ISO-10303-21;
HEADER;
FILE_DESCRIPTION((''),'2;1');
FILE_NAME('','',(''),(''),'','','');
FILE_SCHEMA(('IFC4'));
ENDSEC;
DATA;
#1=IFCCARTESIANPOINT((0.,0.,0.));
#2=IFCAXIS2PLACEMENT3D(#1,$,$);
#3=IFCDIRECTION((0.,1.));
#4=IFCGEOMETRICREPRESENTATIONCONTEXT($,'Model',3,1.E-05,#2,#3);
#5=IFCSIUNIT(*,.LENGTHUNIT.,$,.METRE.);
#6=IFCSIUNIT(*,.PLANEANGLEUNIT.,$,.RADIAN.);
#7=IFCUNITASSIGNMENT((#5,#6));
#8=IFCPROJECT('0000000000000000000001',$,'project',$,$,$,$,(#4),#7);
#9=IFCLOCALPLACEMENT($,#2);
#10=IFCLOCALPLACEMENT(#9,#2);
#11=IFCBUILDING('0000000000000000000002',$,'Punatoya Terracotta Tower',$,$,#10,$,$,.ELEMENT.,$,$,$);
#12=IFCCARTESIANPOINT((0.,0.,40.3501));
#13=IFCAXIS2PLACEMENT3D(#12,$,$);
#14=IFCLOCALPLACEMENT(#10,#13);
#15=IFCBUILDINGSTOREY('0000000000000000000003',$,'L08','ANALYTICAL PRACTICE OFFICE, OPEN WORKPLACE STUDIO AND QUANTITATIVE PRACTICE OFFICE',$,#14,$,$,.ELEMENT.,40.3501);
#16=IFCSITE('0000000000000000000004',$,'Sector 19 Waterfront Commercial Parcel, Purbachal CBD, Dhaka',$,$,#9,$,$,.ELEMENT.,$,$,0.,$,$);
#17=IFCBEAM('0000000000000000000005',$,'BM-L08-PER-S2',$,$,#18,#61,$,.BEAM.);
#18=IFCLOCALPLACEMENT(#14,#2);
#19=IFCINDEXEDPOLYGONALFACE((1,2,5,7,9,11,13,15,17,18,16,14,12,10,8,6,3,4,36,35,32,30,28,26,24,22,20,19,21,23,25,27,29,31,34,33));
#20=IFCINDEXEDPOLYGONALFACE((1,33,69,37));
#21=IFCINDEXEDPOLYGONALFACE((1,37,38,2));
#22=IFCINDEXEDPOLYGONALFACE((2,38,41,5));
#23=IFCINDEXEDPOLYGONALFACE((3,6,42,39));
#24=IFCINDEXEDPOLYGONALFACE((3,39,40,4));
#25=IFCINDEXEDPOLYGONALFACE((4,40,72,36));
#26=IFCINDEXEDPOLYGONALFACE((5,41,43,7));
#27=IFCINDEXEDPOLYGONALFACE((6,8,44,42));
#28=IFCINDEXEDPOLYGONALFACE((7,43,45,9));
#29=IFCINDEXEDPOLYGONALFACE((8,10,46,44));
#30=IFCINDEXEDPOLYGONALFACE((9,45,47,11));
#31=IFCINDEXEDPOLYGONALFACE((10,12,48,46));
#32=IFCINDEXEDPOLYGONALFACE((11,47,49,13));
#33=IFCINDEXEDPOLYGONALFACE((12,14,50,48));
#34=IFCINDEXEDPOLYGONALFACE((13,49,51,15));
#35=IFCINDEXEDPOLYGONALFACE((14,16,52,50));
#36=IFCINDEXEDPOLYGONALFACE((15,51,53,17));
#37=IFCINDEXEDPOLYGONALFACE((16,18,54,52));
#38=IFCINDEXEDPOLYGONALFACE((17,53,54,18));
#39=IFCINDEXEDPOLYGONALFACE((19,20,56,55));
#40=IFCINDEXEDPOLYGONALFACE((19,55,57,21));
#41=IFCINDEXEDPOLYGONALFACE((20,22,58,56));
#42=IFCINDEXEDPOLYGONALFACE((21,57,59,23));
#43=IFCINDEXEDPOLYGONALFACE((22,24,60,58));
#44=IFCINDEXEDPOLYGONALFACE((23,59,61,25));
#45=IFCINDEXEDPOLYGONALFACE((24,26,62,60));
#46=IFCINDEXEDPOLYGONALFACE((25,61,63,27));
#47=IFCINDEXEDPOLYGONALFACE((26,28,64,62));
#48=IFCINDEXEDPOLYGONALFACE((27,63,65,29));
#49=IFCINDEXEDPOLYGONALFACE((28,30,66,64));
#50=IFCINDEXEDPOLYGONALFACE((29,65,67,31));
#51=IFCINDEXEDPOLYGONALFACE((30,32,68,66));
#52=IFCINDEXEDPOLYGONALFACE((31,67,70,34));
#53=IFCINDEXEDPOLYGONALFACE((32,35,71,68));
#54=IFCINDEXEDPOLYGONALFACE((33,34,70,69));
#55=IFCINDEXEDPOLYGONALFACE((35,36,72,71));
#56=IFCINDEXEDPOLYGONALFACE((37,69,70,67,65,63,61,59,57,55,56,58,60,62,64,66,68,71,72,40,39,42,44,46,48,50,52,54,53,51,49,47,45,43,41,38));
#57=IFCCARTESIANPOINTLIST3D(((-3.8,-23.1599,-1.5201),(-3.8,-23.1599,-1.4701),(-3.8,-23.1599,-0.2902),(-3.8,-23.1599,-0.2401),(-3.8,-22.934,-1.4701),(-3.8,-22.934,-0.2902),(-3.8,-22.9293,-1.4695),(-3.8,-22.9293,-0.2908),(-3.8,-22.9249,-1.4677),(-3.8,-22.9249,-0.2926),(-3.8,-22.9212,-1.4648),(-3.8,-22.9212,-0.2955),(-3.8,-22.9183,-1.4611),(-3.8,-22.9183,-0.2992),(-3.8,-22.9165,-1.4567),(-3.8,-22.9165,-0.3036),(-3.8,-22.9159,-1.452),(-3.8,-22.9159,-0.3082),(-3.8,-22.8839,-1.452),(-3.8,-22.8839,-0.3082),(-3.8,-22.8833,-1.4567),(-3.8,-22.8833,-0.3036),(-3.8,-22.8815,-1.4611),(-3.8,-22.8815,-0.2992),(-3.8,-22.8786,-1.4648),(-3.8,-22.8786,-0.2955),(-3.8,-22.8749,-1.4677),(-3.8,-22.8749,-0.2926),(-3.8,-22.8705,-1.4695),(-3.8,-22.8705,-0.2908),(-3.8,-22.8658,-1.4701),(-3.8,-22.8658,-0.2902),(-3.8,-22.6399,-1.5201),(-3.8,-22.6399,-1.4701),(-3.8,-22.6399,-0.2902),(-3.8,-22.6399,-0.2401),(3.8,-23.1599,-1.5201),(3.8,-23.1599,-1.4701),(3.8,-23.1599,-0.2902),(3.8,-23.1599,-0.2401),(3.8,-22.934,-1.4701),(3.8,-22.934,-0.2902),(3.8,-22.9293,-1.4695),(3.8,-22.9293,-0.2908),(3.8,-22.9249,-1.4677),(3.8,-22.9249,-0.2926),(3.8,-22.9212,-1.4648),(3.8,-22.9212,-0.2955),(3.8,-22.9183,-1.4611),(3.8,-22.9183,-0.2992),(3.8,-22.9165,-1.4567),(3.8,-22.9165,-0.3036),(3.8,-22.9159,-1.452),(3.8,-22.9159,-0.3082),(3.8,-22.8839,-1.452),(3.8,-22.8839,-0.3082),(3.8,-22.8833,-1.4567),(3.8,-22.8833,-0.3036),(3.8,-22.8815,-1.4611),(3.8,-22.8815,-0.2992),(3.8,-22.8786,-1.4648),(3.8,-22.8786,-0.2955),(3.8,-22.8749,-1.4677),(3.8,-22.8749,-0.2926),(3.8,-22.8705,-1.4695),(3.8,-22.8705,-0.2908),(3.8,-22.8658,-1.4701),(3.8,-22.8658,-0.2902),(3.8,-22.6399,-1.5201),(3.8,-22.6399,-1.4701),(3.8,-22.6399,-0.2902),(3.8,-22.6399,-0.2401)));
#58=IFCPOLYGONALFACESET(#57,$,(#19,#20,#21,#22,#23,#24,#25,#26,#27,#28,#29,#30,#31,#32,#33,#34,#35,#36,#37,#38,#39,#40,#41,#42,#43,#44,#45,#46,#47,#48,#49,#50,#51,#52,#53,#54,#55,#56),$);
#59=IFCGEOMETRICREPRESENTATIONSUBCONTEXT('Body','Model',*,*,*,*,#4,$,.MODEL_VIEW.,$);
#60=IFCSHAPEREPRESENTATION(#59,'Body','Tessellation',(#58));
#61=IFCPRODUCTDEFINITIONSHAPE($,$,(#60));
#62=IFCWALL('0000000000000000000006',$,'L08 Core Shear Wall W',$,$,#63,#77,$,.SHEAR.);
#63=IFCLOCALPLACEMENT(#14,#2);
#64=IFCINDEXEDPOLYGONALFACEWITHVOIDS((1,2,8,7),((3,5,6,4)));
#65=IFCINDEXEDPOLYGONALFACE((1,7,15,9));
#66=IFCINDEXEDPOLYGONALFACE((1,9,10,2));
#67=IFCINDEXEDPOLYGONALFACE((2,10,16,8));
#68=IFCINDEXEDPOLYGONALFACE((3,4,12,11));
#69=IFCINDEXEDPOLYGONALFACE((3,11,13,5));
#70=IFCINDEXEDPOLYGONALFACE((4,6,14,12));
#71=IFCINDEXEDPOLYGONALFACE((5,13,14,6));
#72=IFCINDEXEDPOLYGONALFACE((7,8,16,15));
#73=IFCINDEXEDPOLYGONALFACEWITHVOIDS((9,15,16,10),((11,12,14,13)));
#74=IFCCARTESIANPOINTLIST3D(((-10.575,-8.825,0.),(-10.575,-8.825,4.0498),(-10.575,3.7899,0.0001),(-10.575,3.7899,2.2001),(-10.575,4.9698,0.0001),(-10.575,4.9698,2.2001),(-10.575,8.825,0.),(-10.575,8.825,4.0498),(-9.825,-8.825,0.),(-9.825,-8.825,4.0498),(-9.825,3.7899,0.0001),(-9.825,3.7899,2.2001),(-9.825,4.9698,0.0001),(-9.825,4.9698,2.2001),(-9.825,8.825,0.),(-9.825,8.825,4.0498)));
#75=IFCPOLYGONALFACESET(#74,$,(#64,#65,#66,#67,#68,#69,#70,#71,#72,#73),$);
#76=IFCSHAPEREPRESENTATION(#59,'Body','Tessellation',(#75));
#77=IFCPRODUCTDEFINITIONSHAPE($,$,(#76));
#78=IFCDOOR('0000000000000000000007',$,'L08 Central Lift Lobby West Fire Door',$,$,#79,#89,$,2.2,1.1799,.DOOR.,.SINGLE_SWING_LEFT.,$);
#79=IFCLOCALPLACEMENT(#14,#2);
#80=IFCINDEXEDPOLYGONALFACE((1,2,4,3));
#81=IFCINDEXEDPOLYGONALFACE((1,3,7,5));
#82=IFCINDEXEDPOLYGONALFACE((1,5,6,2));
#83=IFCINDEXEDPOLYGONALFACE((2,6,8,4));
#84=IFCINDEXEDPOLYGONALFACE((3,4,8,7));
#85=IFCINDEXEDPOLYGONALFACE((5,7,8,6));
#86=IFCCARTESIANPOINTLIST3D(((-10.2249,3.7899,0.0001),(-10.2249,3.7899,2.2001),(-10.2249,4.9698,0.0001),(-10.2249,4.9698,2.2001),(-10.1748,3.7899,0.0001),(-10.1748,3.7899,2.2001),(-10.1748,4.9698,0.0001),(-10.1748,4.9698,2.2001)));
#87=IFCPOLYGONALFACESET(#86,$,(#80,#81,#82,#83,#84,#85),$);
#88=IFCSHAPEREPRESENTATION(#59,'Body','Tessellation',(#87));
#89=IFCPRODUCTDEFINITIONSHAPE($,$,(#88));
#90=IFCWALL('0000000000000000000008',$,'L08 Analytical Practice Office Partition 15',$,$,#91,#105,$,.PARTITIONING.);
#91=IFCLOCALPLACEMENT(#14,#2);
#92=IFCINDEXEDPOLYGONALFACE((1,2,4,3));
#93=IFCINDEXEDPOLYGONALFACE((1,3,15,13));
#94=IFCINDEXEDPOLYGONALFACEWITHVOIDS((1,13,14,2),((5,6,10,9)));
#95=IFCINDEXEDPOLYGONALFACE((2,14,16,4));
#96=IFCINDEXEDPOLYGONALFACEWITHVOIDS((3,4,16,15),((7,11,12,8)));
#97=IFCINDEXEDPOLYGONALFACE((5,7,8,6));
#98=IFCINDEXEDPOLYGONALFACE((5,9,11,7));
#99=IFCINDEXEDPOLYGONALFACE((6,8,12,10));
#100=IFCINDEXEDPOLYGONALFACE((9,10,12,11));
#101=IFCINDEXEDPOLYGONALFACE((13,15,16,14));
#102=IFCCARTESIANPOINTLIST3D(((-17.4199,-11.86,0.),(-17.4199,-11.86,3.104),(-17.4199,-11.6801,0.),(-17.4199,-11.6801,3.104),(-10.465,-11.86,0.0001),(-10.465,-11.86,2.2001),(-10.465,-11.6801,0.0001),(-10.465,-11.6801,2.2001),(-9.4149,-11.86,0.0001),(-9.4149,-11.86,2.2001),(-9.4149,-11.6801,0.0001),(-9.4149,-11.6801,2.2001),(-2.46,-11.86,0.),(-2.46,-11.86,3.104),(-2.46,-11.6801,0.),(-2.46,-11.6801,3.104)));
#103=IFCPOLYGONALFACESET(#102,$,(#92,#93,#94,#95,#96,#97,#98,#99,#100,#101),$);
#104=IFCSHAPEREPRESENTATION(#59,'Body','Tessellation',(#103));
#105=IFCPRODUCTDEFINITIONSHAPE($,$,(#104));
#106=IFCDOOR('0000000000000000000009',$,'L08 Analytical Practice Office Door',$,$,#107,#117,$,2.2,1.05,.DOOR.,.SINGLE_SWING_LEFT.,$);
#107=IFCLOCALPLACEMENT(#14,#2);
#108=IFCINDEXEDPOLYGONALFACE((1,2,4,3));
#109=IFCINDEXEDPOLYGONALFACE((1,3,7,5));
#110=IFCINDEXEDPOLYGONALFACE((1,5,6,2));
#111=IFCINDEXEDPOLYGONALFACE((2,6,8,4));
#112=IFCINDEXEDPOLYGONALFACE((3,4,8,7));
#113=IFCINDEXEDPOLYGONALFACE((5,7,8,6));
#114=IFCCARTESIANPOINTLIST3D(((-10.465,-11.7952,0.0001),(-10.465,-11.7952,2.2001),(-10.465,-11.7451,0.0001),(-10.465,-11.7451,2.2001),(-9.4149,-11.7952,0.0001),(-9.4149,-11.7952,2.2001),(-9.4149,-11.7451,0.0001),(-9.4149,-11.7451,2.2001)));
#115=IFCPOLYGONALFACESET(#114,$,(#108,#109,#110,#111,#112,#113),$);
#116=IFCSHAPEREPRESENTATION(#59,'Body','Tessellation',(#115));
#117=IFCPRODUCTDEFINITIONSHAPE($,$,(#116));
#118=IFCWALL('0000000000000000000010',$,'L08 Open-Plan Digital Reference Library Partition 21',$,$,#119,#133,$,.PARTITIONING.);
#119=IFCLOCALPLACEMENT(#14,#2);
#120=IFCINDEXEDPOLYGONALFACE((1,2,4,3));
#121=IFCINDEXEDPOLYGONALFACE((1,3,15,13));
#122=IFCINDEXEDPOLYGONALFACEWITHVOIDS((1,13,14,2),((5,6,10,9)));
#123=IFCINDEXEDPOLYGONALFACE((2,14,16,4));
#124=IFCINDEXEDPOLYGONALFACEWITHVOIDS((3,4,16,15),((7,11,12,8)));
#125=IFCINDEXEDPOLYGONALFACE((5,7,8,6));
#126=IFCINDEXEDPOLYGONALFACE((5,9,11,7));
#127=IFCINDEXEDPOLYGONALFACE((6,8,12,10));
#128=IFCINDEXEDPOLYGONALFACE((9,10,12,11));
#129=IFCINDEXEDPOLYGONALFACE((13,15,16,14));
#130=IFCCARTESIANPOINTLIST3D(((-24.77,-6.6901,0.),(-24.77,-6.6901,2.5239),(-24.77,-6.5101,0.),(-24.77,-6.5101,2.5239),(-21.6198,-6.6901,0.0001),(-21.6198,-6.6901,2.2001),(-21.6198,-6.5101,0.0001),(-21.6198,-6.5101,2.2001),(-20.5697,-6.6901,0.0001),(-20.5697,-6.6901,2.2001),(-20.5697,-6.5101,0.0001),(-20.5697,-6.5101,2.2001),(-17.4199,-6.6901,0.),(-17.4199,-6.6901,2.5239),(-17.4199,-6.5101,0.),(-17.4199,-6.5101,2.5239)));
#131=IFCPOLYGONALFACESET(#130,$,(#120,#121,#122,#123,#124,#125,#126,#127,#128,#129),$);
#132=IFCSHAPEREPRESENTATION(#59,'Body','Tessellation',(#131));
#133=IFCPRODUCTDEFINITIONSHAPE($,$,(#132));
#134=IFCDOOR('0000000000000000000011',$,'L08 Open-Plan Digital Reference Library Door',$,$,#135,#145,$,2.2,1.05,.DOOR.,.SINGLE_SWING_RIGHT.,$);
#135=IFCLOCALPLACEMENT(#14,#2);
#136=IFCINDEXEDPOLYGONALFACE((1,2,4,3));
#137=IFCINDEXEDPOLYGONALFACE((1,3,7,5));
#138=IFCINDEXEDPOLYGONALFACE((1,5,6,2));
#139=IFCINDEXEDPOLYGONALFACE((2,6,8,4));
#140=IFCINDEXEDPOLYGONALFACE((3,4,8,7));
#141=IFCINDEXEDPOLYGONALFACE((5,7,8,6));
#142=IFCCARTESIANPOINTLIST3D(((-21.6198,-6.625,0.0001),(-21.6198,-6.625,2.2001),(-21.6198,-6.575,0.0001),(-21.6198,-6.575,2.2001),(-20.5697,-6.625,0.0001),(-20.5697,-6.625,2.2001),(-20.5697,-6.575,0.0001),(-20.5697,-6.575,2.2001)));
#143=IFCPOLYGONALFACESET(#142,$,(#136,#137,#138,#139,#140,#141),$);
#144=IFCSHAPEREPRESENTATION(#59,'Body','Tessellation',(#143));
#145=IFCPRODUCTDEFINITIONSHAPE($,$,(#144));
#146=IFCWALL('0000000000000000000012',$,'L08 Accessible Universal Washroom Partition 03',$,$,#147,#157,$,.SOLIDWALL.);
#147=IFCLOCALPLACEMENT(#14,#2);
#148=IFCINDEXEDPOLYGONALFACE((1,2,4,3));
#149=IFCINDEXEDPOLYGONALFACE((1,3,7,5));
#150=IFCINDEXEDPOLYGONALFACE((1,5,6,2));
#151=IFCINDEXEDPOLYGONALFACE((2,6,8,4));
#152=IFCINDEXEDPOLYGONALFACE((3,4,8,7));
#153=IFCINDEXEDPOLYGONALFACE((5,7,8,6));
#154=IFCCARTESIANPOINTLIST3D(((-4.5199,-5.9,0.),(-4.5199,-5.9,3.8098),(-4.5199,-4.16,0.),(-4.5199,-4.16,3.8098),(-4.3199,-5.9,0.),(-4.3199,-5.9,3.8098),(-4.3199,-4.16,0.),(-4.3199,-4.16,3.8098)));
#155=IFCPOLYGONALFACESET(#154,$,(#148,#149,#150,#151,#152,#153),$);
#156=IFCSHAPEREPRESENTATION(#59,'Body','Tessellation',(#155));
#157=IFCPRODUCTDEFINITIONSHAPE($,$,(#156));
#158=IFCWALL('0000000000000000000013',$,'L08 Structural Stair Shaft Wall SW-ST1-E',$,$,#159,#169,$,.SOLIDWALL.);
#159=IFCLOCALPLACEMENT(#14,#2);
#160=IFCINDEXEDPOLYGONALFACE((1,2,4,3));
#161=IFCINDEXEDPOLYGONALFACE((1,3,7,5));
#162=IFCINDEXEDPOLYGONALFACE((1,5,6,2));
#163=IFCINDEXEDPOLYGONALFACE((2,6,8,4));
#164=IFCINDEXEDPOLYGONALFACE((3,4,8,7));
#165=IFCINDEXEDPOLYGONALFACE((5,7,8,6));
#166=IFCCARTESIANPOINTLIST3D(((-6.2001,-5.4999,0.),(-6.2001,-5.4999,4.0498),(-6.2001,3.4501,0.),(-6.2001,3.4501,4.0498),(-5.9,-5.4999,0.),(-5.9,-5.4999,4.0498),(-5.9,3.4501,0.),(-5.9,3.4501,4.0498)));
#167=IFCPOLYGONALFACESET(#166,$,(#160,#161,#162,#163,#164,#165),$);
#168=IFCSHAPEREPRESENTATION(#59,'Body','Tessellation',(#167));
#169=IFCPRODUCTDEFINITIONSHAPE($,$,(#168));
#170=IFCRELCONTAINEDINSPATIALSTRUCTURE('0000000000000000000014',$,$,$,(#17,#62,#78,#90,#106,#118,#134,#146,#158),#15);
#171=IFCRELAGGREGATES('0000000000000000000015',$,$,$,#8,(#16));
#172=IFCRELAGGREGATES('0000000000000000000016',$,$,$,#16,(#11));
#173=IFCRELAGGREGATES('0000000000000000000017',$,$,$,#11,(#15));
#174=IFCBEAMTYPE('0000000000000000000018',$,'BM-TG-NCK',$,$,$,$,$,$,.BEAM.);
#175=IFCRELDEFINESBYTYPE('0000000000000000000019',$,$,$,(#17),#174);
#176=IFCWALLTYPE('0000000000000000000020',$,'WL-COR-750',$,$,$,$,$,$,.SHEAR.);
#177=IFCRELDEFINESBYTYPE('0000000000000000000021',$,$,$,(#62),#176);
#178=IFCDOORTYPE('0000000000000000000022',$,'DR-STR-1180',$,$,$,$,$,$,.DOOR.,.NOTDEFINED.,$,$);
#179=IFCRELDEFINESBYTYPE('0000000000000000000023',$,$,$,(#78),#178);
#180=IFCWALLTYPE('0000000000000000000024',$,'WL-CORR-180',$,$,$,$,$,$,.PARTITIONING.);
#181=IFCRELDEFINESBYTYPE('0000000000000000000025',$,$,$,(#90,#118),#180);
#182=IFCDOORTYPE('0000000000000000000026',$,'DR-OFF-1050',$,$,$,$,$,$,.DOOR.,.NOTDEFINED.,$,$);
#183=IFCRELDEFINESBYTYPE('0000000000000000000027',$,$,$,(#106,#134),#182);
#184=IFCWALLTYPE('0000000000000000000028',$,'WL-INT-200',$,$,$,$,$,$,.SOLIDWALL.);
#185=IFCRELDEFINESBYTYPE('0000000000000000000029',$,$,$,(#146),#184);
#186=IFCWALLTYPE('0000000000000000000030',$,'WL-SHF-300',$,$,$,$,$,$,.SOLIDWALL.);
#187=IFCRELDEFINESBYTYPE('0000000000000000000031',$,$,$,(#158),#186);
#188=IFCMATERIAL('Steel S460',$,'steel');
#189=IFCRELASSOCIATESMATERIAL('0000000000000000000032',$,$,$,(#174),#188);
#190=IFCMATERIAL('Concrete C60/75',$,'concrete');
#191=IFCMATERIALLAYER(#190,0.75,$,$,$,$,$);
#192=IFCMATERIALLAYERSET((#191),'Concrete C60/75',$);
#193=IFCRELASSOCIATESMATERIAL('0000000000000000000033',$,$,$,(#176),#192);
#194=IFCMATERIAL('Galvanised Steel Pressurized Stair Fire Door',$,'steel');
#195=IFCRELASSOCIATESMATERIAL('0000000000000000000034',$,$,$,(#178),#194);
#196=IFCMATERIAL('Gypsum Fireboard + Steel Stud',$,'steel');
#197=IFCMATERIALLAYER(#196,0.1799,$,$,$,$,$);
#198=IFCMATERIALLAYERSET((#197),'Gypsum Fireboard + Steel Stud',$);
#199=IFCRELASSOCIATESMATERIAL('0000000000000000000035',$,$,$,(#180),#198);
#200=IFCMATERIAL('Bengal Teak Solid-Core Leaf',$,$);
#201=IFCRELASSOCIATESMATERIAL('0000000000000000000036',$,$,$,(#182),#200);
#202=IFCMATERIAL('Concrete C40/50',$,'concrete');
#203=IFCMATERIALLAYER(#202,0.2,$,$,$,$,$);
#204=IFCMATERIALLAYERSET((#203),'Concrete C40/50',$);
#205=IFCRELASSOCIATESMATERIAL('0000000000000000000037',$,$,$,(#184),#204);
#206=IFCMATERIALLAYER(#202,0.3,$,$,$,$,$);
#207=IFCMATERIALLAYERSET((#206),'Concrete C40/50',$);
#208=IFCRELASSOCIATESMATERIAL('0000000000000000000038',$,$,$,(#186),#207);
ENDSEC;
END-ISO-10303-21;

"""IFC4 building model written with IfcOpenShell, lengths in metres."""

from ifc_helpers import new_model, si_unit, direction, frame, frame_2d, origin, origin_2d, place, context, subcontext, project, spatial, rectangle, i_section, extrude, material, layer, layer_set, material_profile, profile_set, type_object, element, fill, save


model = new_model("IFC4")

# Units and contexts
model_context = context("Model", 3, precision=1e-05, world=origin(), true_north=direction((0.0, 1.0)))
body_context = subcontext(model_context, "Body", "Model", "MODEL_VIEW")
ifc_project = project(units=[si_unit("LENGTHUNIT", "METRE"), si_unit("PLANEANGLEUNIT", "RADIAN")], contexts=[model_context])

# Site, building, storey
site_placement = place(None, origin())
site = spatial("IfcSite", under=ifc_project, at=site_placement, Name="Sector 19 Waterfront Commercial Parcel, Purbachal CBD, Dhaka", CompositionType="ELEMENT", RefElevation=0.0)
building_placement = place(site_placement, origin())
building = spatial("IfcBuilding", under=site, at=building_placement, Name="Punatoya Terracotta Tower", CompositionType="ELEMENT")
storey_placement = place(building_placement, frame((0.0, 0.0, 40.3501)))
storey = spatial("IfcBuildingStorey", under=building, at=storey_placement, Name="L08", Description="ANALYTICAL PRACTICE OFFICE, OPEN WORKPLACE STUDIO AND QUANTITATIVE PRACTICE OFFICE", CompositionType="ELEMENT", Elevation=40.3501)

# Shared definitions
ifc_material_1 = material(Name="Steel S460", Category="steel")

# Beam
ifc_material_2 = material(Name="Concrete C60/75", Category="concrete")
ifc_material_profile_1 = material_profile(ifc_material_1, i_section(OverallWidth=0.52, OverallDepth=1.28, WebThickness=0.032, FlangeThickness=0.05, FilletRadius=0.0181, at=origin_2d()))
ifc_profile_set_1 = profile_set([ifc_material_profile_1], Name="Steel S460")
beam_type_1 = type_object("IfcBeamType", Name="BM-TG-NCK", PredefinedType="BEAM", material=ifc_profile_set_1)
beam_1_placement = place(storey_placement, frame((-3.8, -22.8999, -0.8801), z_axis=(1.0, 0.0, 0.0), x_axis=(0.0, 1.0, 0.0)))
element("IfcBeam", 1, at=beam_1_placement, inside=storey, type_object=beam_type_1, Name="BM-L08-PER-S2", PredefinedType="BEAM", context=body_context, shape_type="SweptSolid", body=[
    extrude(i_section(OverallWidth=0.52, OverallDepth=1.28, WebThickness=0.032, FlangeThickness=0.05, FilletRadius=0.0181, at=origin_2d()), origin(), (0.0, 0.0, 1.0), 7.6001),
])

# Walls, openings, doors
ifc_layer_1 = layer(ifc_material_2, 0.75)
ifc_layer_set_1 = layer_set([ifc_layer_1], Name="Concrete C60/75")
wall_type_1 = type_object("IfcWallType", Name="WL-COR-750", PredefinedType="SHEAR", material=ifc_layer_set_1)
wall_1_placement = place(storey_placement, frame((-10.2, -8.825, 0.0), z_axis=(0.0, 0.0, 1.0), x_axis=(0.0, 1.0, 0.0)))
wall_1 = element("IfcWall", 2, at=wall_1_placement, inside=storey, type_object=wall_type_1, Name="L08 Core Shear Wall W", PredefinedType="SHEAR", context=body_context, shape_type="SweptSolid", body=[
    extrude(rectangle(XDim=17.6499, YDim=0.75, at=frame_2d((8.825, 0.0))), origin(), (0.0, 0.0, 1.0), 4.0498),
])
opening_1_placement = place(wall_1_placement, frame((12.615, 0.0, 0.0)))
opening_1 = element("IfcOpeningElement", 3, at=opening_1_placement, cuts=wall_1, PredefinedType="OPENING", context=body_context, shape_type="SweptSolid", body=[
    extrude(rectangle(XDim=1.1799, YDim=2.2, at=frame_2d((0.5898, 1.1001))), frame((0.0, 0.385, 0.0), z_axis=(0.0, -1.0, 0.0), x_axis=(1.0, 0.0, 0.0)), (0.0, 0.0, 1.0), 0.77),
])
ifc_material_3 = material(Name="Galvanised Steel Pressurized Stair Fire Door", Category="steel")
door_type_1 = type_object("IfcDoorType", Name="DR-STR-1180", OperationType="NOTDEFINED", PredefinedType="DOOR", material=ifc_material_3)
door_1_placement = place(opening_1_placement, origin())
door_1 = element("IfcDoor", 4, at=door_1_placement, inside=storey, type_object=door_type_1, Name="L08 Central Lift Lobby West Fire Door", OperationType="SINGLE_SWING_LEFT", OverallHeight=2.2, OverallWidth=1.1799, PredefinedType="DOOR", context=body_context, shape_type="SweptSolid", body=[
    extrude(rectangle(XDim=1.1799, YDim=2.2, at=frame_2d((0.5898, 1.1001))), frame((0.0, 0.0249, 0.0), z_axis=(0.0, -1.0, 0.0), x_axis=(1.0, 0.0, 0.0)), (0.0, 0.0, 1.0), 0.05),
])
fill(opening_1, door_1)
ifc_material_4 = material(Name="Gypsum Fireboard + Steel Stud", Category="steel")
ifc_layer_2 = layer(ifc_material_4, 0.1799)
ifc_layer_set_2 = layer_set([ifc_layer_2], Name="Gypsum Fireboard + Steel Stud")
wall_type_2 = type_object("IfcWallType", Name="WL-CORR-180", PredefinedType="PARTITIONING", material=ifc_layer_set_2)
wall_2_placement = place(storey_placement, frame((-17.4199, -11.77, 0.0), z_axis=(0.0, 0.0, 1.0), x_axis=(1.0, 0.0, 0.0)))
wall_2 = element("IfcWall", 5, at=wall_2_placement, inside=storey, type_object=wall_type_2, Name="L08 Analytical Practice Office Partition 15", PredefinedType="PARTITIONING", context=body_context, shape_type="SweptSolid", body=[
    extrude(rectangle(XDim=14.96, YDim=0.1799, at=frame_2d((7.48, 0.0))), origin(), (0.0, 0.0, 1.0), 3.104),
])
opening_2_placement = place(wall_2_placement, frame((6.9551, 0.0, 0.0)))
opening_2 = element("IfcOpeningElement", 6, at=opening_2_placement, cuts=wall_2, PredefinedType="OPENING", context=body_context, shape_type="SweptSolid", body=[
    extrude(rectangle(XDim=1.05, YDim=2.2, at=frame_2d((0.5249, 1.1001))), frame((0.0, 0.0999, 0.0), z_axis=(0.0, -1.0, 0.0), x_axis=(1.0, 0.0, 0.0)), (0.0, 0.0, 1.0), 0.2),
])
ifc_material_5 = material(Name="Bengal Teak Solid-Core Leaf")
door_type_2 = type_object("IfcDoorType", Name="DR-OFF-1050", OperationType="NOTDEFINED", PredefinedType="DOOR", material=ifc_material_5)
door_2_placement = place(opening_2_placement, origin())
door_2 = element("IfcDoor", 7, at=door_2_placement, inside=storey, type_object=door_type_2, Name="L08 Analytical Practice Office Door", OperationType="SINGLE_SWING_LEFT", OverallHeight=2.2, OverallWidth=1.05, PredefinedType="DOOR", context=body_context, shape_type="SweptSolid", body=[
    extrude(rectangle(XDim=1.05, YDim=2.2, at=frame_2d((0.5249, 1.1001))), frame((0.0, 0.0249, 0.0), z_axis=(0.0, -1.0, 0.0), x_axis=(1.0, 0.0, 0.0)), (0.0, 0.0, 1.0), 0.05),
])
fill(opening_2, door_2)
wall_3_placement = place(storey_placement, frame((-17.4199, -6.6001, 0.0), z_axis=(0.0, 0.0, 1.0), x_axis=(-1.0, 0.0, 0.0)))
wall_3 = element("IfcWall", 8, at=wall_3_placement, inside=storey, type_object=wall_type_2, Name="L08 Open-Plan Digital Reference Library Partition 21", PredefinedType="PARTITIONING", context=body_context, shape_type="SweptSolid", body=[
    extrude(rectangle(XDim=7.3501, YDim=0.1799, at=frame_2d((3.675, 0.0))), origin(), (0.0, 0.0, 1.0), 2.5239),
])
opening_3_placement = place(wall_3_placement, frame((3.1499, 0.0, 0.0)))
opening_3 = element("IfcOpeningElement", 9, at=opening_3_placement, cuts=wall_3, PredefinedType="OPENING", context=body_context, shape_type="SweptSolid", body=[
    extrude(rectangle(XDim=1.05, YDim=2.2, at=frame_2d((0.5249, 1.1001))), frame((0.0, 0.0999, 0.0), z_axis=(0.0, -1.0, 0.0), x_axis=(1.0, 0.0, 0.0)), (0.0, 0.0, 1.0), 0.2),
])
door_3_placement = place(opening_3_placement, origin())
door_3 = element("IfcDoor", 10, at=door_3_placement, inside=storey, type_object=door_type_2, Name="L08 Open-Plan Digital Reference Library Door", OperationType="SINGLE_SWING_RIGHT", OverallHeight=2.2, OverallWidth=1.05, PredefinedType="DOOR", context=body_context, shape_type="SweptSolid", body=[
    extrude(rectangle(XDim=1.05, YDim=2.2, at=frame_2d((0.5249, 1.1001))), frame((0.0, 0.0249, 0.0), z_axis=(0.0, -1.0, 0.0), x_axis=(1.0, 0.0, 0.0)), (0.0, 0.0, 1.0), 0.05),
])
fill(opening_3, door_3)

# Walls
ifc_material_6 = material(Name="Concrete C40/50", Category="concrete")
ifc_layer_3 = layer(ifc_material_6, 0.2)
ifc_layer_set_3 = layer_set([ifc_layer_3], Name="Concrete C40/50")
wall_type_3 = type_object("IfcWallType", Name="WL-INT-200", PredefinedType="SOLIDWALL", material=ifc_layer_set_3)
wall_4_placement = place(storey_placement, frame((-4.4199, -4.1599, 0.0), z_axis=(0.0, 0.0, 1.0), x_axis=(0.0, -1.0, 0.0)))
element("IfcWall", 11, at=wall_4_placement, inside=storey, type_object=wall_type_3, Name="L08 Accessible Universal Washroom Partition 03", PredefinedType="SOLIDWALL", context=body_context, shape_type="SweptSolid", body=[
    extrude(rectangle(XDim=1.74, YDim=0.2, at=frame_2d((0.8701, 0.0))), origin(), (0.0, 0.0, 1.0), 3.8098),
])
ifc_layer_4 = layer(ifc_material_6, 0.3)
ifc_layer_set_4 = layer_set([ifc_layer_4], Name="Concrete C40/50")
wall_type_4 = type_object("IfcWallType", Name="WL-SHF-300", PredefinedType="SOLIDWALL", material=ifc_layer_set_4)
wall_5_placement = place(storey_placement, frame((-6.05, -5.5, 0.0), z_axis=(0.0, 0.0, 1.0), x_axis=(0.0, 1.0, 0.0)))
element("IfcWall", 12, at=wall_5_placement, inside=storey, type_object=wall_type_4, Name="L08 Structural Stair Shaft Wall SW-ST1-E", PredefinedType="SOLIDWALL", context=body_context, shape_type="SweptSolid", body=[
    extrude(rectangle(XDim=8.95, YDim=0.3, at=frame_2d((4.4751, 0.0))), origin(), (0.0, 0.0, 1.0), 4.0498),
])

save(model, "model.ifc")
